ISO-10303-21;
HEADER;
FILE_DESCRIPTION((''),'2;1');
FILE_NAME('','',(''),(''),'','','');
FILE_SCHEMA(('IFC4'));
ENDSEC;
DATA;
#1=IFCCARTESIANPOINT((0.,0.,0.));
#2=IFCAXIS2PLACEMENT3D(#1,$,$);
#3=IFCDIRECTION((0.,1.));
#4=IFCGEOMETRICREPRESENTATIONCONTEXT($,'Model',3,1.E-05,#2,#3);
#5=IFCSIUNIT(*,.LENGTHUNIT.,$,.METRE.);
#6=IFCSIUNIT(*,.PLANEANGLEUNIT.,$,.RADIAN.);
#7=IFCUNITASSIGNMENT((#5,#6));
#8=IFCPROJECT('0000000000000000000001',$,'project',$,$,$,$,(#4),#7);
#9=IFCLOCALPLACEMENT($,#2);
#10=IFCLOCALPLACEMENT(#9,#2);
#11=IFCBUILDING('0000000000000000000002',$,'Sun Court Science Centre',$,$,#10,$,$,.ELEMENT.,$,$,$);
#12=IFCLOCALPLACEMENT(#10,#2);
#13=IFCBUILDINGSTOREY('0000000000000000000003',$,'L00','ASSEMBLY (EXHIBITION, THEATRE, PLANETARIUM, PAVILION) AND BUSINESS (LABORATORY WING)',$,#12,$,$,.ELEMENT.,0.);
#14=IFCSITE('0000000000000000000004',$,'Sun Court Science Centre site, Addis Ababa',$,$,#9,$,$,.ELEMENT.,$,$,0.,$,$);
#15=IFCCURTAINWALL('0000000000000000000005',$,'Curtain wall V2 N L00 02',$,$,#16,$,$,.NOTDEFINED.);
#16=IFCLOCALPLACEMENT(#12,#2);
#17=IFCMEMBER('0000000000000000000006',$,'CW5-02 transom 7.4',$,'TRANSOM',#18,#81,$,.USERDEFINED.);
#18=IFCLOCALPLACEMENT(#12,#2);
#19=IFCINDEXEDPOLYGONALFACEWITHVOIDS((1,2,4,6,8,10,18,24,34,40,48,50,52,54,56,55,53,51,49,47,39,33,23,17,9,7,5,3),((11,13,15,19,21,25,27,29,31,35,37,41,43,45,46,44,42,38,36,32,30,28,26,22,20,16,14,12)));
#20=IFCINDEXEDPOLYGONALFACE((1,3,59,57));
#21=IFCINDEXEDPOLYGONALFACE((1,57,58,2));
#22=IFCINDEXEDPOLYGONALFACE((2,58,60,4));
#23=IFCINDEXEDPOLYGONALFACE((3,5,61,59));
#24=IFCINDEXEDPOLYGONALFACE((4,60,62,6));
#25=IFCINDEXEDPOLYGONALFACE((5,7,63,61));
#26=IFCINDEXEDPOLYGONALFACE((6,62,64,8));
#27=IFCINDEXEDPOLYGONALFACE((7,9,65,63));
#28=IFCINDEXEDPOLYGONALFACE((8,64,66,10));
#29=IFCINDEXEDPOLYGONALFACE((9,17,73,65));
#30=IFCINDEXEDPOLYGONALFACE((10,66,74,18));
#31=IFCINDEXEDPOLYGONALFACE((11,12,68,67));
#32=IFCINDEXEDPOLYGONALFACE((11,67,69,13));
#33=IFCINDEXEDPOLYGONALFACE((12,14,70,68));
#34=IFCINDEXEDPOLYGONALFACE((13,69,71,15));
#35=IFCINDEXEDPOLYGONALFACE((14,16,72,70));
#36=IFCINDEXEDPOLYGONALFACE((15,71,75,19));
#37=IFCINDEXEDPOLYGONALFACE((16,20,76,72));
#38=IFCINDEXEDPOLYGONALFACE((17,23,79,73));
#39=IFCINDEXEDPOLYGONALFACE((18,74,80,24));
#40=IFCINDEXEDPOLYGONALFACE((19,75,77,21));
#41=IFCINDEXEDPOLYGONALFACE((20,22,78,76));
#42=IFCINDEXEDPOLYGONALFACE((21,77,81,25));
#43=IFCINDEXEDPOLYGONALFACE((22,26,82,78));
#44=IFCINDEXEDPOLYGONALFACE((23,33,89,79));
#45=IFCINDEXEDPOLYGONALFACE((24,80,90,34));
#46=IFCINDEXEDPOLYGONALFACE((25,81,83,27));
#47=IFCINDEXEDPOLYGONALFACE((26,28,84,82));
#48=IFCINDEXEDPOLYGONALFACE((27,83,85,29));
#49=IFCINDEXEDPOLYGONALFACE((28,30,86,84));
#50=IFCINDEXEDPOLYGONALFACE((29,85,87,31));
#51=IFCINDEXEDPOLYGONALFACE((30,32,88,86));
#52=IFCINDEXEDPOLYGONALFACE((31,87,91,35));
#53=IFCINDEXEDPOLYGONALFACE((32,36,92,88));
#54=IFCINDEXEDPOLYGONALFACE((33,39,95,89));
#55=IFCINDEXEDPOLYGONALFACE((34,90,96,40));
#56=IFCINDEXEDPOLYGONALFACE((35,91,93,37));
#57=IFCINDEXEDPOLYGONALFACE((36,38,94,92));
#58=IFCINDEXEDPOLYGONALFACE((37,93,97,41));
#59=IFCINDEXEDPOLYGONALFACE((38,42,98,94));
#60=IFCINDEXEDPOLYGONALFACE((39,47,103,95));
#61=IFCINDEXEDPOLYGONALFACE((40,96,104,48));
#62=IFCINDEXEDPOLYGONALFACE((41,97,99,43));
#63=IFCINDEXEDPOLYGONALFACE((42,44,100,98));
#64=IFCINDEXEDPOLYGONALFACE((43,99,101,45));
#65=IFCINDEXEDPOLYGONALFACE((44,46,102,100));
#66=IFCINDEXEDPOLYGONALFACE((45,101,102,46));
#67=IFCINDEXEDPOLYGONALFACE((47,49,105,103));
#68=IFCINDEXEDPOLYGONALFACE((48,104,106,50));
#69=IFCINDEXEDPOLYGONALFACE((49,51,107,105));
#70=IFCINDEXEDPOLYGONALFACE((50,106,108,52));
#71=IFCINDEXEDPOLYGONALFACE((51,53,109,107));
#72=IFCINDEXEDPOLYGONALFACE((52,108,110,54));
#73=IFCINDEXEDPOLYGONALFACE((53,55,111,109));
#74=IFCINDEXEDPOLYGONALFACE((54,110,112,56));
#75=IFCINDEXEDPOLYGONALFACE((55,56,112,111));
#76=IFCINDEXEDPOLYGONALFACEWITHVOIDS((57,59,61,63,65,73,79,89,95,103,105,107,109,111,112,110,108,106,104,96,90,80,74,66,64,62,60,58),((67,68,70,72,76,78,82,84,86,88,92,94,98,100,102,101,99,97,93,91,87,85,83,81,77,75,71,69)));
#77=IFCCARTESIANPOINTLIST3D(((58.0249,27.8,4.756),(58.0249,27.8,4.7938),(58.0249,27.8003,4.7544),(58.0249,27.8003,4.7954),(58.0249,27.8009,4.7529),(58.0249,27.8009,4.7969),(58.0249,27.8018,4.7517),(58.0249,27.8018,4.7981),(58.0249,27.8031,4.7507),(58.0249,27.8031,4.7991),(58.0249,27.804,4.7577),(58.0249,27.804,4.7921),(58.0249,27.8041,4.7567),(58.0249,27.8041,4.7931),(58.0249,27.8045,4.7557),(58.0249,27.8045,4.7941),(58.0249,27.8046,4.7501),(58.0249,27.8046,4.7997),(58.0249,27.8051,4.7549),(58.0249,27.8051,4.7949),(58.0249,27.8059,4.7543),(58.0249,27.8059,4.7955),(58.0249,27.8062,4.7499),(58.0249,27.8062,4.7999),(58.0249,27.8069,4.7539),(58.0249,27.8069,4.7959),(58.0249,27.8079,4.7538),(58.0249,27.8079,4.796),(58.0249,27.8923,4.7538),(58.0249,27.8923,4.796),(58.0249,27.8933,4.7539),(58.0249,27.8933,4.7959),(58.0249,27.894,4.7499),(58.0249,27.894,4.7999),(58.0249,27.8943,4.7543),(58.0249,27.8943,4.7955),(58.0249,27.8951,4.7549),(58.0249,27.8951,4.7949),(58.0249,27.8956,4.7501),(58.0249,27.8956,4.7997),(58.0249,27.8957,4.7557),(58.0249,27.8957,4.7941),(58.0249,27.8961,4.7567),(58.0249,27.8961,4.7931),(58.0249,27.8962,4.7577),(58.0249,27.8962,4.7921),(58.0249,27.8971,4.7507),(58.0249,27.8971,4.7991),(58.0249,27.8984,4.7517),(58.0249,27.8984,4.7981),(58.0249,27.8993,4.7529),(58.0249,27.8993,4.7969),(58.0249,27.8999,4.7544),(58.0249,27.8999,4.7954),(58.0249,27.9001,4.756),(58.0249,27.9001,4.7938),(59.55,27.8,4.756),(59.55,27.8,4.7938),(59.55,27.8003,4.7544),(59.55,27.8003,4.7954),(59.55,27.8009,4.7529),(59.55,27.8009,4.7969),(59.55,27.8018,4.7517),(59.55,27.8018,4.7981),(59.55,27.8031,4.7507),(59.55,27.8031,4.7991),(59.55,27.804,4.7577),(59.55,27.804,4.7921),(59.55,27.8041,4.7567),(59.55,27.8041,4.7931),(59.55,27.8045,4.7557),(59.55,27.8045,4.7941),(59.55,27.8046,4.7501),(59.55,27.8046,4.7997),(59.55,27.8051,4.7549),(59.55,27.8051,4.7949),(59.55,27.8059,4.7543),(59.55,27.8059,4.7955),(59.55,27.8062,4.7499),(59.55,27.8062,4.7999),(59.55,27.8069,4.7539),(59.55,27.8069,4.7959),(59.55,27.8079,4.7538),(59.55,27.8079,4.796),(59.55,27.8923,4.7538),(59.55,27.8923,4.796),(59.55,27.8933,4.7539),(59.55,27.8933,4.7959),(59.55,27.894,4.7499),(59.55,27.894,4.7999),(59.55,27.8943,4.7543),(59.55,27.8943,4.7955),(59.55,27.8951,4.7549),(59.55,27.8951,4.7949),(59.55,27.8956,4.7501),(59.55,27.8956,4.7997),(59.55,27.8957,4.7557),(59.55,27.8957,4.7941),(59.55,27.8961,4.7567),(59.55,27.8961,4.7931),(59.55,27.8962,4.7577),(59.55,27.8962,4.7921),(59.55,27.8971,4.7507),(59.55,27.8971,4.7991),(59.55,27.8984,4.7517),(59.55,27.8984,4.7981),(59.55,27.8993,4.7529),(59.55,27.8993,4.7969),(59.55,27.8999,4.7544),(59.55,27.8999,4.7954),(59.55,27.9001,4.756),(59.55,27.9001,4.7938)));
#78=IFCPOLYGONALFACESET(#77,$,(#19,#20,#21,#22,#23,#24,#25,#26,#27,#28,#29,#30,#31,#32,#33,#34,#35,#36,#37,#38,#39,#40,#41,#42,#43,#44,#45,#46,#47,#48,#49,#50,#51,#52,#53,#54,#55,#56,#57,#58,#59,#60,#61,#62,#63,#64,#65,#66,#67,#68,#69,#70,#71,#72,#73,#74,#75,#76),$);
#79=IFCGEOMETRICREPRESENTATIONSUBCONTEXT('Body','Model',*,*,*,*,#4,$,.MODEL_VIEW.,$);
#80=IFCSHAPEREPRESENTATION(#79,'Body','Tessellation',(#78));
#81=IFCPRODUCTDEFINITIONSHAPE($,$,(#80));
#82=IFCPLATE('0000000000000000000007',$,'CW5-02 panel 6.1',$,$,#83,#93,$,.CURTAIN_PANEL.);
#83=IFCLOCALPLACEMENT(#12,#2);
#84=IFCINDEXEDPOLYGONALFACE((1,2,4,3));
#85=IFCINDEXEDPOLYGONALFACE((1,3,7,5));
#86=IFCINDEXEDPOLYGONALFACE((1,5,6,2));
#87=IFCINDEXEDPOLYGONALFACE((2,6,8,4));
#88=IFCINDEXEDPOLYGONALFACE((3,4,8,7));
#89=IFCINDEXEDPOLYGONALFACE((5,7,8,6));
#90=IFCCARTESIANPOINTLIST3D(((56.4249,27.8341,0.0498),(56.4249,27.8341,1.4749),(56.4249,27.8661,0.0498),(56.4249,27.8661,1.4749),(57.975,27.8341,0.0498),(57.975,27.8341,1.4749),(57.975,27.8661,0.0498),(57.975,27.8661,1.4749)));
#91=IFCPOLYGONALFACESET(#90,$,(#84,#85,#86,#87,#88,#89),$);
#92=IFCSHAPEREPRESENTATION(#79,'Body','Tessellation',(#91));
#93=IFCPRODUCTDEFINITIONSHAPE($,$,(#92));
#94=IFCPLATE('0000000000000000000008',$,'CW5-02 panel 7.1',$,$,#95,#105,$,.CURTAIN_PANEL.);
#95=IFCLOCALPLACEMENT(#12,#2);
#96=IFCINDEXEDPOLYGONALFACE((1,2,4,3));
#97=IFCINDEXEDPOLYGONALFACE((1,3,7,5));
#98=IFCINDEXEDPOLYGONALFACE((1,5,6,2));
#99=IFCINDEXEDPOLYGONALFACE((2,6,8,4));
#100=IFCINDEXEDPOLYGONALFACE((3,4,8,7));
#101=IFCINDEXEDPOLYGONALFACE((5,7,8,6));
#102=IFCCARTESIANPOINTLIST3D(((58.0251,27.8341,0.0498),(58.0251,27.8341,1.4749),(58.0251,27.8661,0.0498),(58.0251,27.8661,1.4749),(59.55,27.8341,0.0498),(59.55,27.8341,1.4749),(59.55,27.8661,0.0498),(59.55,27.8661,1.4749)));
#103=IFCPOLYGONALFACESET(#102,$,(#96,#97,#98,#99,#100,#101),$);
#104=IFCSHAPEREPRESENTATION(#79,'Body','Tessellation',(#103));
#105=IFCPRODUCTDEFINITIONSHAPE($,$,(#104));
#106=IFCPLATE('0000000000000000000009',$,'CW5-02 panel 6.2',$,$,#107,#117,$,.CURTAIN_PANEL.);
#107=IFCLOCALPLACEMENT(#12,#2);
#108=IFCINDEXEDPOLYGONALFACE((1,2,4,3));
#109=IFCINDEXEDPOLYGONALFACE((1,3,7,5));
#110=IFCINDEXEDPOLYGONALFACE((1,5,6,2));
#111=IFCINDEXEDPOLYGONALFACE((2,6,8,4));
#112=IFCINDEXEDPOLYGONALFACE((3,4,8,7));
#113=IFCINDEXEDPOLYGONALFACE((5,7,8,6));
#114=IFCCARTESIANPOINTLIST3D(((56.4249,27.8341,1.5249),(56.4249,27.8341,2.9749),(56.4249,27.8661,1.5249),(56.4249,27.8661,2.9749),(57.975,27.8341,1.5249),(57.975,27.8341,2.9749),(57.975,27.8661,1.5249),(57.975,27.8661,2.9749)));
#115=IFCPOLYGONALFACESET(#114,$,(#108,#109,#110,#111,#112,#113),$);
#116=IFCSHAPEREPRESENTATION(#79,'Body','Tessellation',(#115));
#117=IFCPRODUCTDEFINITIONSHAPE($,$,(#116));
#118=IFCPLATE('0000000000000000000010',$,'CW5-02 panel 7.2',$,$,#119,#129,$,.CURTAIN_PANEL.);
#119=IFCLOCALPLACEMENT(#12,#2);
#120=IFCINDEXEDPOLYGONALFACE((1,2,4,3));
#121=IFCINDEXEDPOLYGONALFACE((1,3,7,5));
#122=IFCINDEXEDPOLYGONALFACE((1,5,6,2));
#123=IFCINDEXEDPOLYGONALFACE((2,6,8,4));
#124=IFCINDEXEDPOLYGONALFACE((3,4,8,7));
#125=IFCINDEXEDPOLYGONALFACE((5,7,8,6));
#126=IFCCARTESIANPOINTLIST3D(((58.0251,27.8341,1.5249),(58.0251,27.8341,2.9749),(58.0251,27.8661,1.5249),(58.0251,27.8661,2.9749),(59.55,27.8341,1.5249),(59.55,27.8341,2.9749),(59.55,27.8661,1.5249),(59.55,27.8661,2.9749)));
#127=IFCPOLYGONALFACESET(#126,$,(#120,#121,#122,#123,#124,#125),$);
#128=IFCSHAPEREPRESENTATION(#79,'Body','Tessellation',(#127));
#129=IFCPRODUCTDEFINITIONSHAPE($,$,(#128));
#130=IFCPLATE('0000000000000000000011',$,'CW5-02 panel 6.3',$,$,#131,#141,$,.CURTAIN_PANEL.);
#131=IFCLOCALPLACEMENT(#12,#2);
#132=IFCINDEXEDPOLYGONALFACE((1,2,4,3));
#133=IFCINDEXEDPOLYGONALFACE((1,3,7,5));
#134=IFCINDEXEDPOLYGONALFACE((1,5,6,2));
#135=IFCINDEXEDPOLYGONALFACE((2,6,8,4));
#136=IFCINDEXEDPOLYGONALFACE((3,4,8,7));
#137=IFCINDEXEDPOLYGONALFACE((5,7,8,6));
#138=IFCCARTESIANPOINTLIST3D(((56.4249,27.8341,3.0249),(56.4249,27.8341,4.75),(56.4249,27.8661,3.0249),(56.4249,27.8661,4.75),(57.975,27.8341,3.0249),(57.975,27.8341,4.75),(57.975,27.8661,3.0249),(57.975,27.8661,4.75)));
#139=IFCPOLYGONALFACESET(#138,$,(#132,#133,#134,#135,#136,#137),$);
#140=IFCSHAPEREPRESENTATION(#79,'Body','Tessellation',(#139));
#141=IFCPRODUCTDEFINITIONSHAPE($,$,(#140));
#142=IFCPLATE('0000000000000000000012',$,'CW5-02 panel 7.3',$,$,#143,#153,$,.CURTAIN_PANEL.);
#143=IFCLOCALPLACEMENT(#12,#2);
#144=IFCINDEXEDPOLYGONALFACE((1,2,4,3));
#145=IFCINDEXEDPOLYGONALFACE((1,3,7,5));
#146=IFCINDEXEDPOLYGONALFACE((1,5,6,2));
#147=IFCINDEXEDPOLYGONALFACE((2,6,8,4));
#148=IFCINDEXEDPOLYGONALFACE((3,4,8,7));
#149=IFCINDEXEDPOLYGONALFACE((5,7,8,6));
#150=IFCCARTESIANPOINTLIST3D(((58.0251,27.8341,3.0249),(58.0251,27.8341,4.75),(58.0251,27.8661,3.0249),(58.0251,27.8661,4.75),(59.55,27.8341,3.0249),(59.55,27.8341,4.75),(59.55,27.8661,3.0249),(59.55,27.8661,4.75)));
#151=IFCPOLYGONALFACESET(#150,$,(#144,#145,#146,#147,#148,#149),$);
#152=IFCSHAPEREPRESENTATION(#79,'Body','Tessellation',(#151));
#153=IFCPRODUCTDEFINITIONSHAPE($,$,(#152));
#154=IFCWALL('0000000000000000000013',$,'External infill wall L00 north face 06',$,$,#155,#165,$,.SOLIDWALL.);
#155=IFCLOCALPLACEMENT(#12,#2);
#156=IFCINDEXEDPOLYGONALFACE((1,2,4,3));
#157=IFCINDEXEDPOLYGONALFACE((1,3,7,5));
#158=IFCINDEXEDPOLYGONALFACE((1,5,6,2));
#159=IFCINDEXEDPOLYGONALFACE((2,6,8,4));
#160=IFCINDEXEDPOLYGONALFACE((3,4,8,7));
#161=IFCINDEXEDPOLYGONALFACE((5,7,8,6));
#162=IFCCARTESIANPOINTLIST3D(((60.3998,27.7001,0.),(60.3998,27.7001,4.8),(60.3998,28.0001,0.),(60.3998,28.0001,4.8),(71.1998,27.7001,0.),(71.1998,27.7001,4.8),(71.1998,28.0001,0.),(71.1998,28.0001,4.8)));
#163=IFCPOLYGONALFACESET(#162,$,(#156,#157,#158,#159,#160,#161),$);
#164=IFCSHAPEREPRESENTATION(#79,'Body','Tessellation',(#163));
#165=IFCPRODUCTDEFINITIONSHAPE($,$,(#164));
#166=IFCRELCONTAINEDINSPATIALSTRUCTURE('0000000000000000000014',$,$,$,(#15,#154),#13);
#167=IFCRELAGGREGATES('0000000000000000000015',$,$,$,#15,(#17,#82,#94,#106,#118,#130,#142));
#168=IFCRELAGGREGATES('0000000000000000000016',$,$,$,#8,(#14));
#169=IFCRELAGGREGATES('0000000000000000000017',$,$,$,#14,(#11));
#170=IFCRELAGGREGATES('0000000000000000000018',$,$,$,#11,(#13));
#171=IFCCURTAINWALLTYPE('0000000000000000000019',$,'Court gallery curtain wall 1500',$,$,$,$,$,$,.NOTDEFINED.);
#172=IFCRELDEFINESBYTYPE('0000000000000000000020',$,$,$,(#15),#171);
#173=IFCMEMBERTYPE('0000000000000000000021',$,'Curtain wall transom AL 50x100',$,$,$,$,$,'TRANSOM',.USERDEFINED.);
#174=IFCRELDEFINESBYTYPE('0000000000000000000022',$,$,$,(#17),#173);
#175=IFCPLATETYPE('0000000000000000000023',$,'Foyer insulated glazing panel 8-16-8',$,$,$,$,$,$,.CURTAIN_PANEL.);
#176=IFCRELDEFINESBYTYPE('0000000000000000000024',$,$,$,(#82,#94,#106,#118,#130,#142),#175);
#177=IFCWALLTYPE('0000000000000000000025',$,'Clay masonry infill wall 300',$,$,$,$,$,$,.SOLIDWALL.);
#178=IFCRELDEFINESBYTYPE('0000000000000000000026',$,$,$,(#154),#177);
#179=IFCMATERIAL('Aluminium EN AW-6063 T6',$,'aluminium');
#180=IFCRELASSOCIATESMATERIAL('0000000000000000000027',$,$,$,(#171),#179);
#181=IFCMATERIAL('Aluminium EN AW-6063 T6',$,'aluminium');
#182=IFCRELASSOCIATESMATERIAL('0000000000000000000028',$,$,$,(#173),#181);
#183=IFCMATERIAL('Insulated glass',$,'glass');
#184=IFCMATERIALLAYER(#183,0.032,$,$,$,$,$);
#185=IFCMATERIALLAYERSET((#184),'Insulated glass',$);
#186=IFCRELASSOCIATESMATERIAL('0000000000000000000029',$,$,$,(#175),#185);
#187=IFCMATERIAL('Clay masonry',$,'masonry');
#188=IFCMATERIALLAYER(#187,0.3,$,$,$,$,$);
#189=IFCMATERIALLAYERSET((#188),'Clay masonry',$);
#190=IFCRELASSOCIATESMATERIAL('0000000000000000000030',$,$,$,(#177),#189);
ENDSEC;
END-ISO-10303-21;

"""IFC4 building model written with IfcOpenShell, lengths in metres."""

from ifc_helpers import new_model, si_unit, direction, frame, frame_2d, origin, origin_2d, place, context, subcontext, project, spatial, rectangle, hollow_rectangle, extrude, material, layer, layer_set, material_profile, profile_set, type_object, element, aggregate, save


model = new_model("IFC4")

# Units and contexts
model_context = context("Model", 3, precision=1e-05, world=origin(), true_north=direction((0.0, 1.0)))
body_context = subcontext(model_context, "Body", "Model", "MODEL_VIEW")
ifc_project = project(units=[si_unit("LENGTHUNIT", "METRE"), si_unit("PLANEANGLEUNIT", "RADIAN")], contexts=[model_context])

# Site, building, storey
site_placement = place(None, origin())
site = spatial("IfcSite", under=ifc_project, at=site_placement, Name="Sun Court Science Centre site, Addis Ababa", CompositionType="ELEMENT", RefElevation=0.0)
building_placement = place(site_placement, origin())
building = spatial("IfcBuilding", under=site, at=building_placement, Name="Sun Court Science Centre", CompositionType="ELEMENT")
storey_placement = place(building_placement, origin())
storey = spatial("IfcBuildingStorey", under=building, at=storey_placement, Name="L00", Description="ASSEMBLY (EXHIBITION, THEATRE, PLANETARIUM, PAVILION) AND BUSINESS (LABORATORY WING)", CompositionType="ELEMENT", Elevation=0.0)

# Curtain wall, member, plates
ifc_material_1 = material(Name="Aluminium EN AW-6063 T6", Category="aluminium")
curtain_wall_type = type_object("IfcCurtainWallType", Name="Court gallery curtain wall 1500", PredefinedType="NOTDEFINED", material=ifc_material_1)
curtain_wall_placement = place(storey_placement, origin())
curtain_wall = element("IfcCurtainWall", 1, at=curtain_wall_placement, inside=storey, type_object=curtain_wall_type, Name="Curtain wall V2 N L00 02", PredefinedType="NOTDEFINED")
ifc_material_2 = material(Name="Aluminium EN AW-6063 T6", Category="aluminium")
ifc_material_profile_1 = material_profile(ifc_material_2, hollow_rectangle(XDim=0.05, YDim=0.1001, WallThickness=0.0039, InnerFilletRadius=0.0039, OuterFilletRadius=0.0061, at=origin_2d()), Name="AL 50x100x4")
ifc_profile_set_1 = profile_set([ifc_material_profile_1], Name="Aluminium EN AW-6063 T6")
member_type_1 = type_object("IfcMemberType", Name="Curtain wall transom AL 50x100", ElementType="TRANSOM", PredefinedType="USERDEFINED", material=ifc_profile_set_1)
member_1_placement = place(storey_placement, frame((58.0249, 27.8501, 4.7749), z_axis=(1.0, 0.0, 0.0), x_axis=(0.0, 0.0, 1.0)))
member_1 = element("IfcMember", 2, at=member_1_placement, type_object=member_type_1, Name="CW5-02 transom 7.4", ObjectType="TRANSOM", PredefinedType="USERDEFINED", context=body_context, shape_type="SweptSolid", body=[
    extrude(hollow_rectangle(XDim=0.05, YDim=0.1001, WallThickness=0.0039, InnerFilletRadius=0.0039, OuterFilletRadius=0.0061, at=origin_2d()), origin(), (0.0, 0.0, 1.0), 1.5251),
])
ifc_material_3 = material(Name="Insulated glass", Category="glass")
ifc_layer_1 = layer(ifc_material_3, 0.032)
ifc_layer_set_1 = layer_set([ifc_layer_1], Name="Insulated glass")
plate_type = type_object("IfcPlateType", Name="Foyer insulated glazing panel 8-16-8", PredefinedType="CURTAIN_PANEL", material=ifc_layer_set_1)
plate_1_placement = place(storey_placement, frame((57.2, 27.8501, 0.0498), z_axis=(0.0, 0.0, 1.0), x_axis=(1.0, 0.0, 0.0)))
plate_1 = element("IfcPlate", 3, at=plate_1_placement, type_object=plate_type, Name="CW5-02 panel 6.1", PredefinedType="CURTAIN_PANEL", context=body_context, shape_type="SweptSolid", body=[
    extrude(rectangle(XDim=1.55, YDim=0.032, at=origin_2d()), origin(), (0.0, 0.0, 1.0), 1.425),
])
plate_2_placement = place(storey_placement, frame((58.7876, 27.8501, 0.0498), z_axis=(0.0, 0.0, 1.0), x_axis=(1.0, 0.0, 0.0)))
plate_2 = element("IfcPlate", 4, at=plate_2_placement, type_object=plate_type, Name="CW5-02 panel 7.1", PredefinedType="CURTAIN_PANEL", context=body_context, shape_type="SweptSolid", body=[
    extrude(rectangle(XDim=1.5249, YDim=0.032, at=origin_2d()), origin(), (0.0, 0.0, 1.0), 1.425),
])
plate_3_placement = place(storey_placement, frame((57.2, 27.8501, 1.5249), z_axis=(0.0, 0.0, 1.0), x_axis=(1.0, 0.0, 0.0)))
plate_3 = element("IfcPlate", 5, at=plate_3_placement, type_object=plate_type, Name="CW5-02 panel 6.2", PredefinedType="CURTAIN_PANEL", context=body_context, shape_type="SweptSolid", body=[
    extrude(rectangle(XDim=1.55, YDim=0.032, at=origin_2d()), origin(), (0.0, 0.0, 1.0), 1.45),
])
plate_4_placement = place(storey_placement, frame((58.7876, 27.8501, 1.5249), z_axis=(0.0, 0.0, 1.0), x_axis=(1.0, 0.0, 0.0)))
plate_4 = element("IfcPlate", 6, at=plate_4_placement, type_object=plate_type, Name="CW5-02 panel 7.2", PredefinedType="CURTAIN_PANEL", context=body_context, shape_type="SweptSolid", body=[
    extrude(rectangle(XDim=1.5249, YDim=0.032, at=origin_2d()), origin(), (0.0, 0.0, 1.0), 1.45),
])
plate_5_placement = place(storey_placement, frame((57.2, 27.8501, 3.0249), z_axis=(0.0, 0.0, 1.0), x_axis=(1.0, 0.0, 0.0)))
plate_5 = element("IfcPlate", 7, at=plate_5_placement, type_object=plate_type, Name="CW5-02 panel 6.3", PredefinedType="CURTAIN_PANEL", context=body_context, shape_type="SweptSolid", body=[
    extrude(rectangle(XDim=1.55, YDim=0.032, at=origin_2d()), origin(), (0.0, 0.0, 1.0), 1.7251),
])
plate_6_placement = place(storey_placement, frame((58.7876, 27.8501, 3.0249), z_axis=(0.0, 0.0, 1.0), x_axis=(1.0, 0.0, 0.0)))
plate_6 = element("IfcPlate", 8, at=plate_6_placement, type_object=plate_type, Name="CW5-02 panel 7.3", PredefinedType="CURTAIN_PANEL", context=body_context, shape_type="SweptSolid", body=[
    extrude(rectangle(XDim=1.5249, YDim=0.032, at=origin_2d()), origin(), (0.0, 0.0, 1.0), 1.7251),
])
aggregate(curtain_wall, [member_1, plate_1, plate_2, plate_3, plate_4, plate_5, plate_6])

# Wall
ifc_material_4 = material(Name="Clay masonry", Category="masonry")
ifc_layer_2 = layer(ifc_material_4, 0.3)
ifc_layer_set_2 = layer_set([ifc_layer_2], Name="Clay masonry")
wall_type_1 = type_object("IfcWallType", Name="Clay masonry infill wall 300", PredefinedType="SOLIDWALL", material=ifc_layer_set_2)
wall_1_placement = place(storey_placement, frame((60.3999, 27.8501, 0.0), z_axis=(0.0, 0.0, 1.0), x_axis=(1.0, 0.0, 0.0)))
element("IfcWall", 9, at=wall_1_placement, inside=storey, type_object=wall_type_1, Name="External infill wall L00 north face 06", PredefinedType="SOLIDWALL", context=body_context, shape_type="SweptSolid", body=[
    extrude(rectangle(XDim=10.8, YDim=0.3, at=frame_2d((5.3999, 0.0))), origin(), (0.0, 0.0, 1.0), 4.8),
])

save(model, "model.ifc")
